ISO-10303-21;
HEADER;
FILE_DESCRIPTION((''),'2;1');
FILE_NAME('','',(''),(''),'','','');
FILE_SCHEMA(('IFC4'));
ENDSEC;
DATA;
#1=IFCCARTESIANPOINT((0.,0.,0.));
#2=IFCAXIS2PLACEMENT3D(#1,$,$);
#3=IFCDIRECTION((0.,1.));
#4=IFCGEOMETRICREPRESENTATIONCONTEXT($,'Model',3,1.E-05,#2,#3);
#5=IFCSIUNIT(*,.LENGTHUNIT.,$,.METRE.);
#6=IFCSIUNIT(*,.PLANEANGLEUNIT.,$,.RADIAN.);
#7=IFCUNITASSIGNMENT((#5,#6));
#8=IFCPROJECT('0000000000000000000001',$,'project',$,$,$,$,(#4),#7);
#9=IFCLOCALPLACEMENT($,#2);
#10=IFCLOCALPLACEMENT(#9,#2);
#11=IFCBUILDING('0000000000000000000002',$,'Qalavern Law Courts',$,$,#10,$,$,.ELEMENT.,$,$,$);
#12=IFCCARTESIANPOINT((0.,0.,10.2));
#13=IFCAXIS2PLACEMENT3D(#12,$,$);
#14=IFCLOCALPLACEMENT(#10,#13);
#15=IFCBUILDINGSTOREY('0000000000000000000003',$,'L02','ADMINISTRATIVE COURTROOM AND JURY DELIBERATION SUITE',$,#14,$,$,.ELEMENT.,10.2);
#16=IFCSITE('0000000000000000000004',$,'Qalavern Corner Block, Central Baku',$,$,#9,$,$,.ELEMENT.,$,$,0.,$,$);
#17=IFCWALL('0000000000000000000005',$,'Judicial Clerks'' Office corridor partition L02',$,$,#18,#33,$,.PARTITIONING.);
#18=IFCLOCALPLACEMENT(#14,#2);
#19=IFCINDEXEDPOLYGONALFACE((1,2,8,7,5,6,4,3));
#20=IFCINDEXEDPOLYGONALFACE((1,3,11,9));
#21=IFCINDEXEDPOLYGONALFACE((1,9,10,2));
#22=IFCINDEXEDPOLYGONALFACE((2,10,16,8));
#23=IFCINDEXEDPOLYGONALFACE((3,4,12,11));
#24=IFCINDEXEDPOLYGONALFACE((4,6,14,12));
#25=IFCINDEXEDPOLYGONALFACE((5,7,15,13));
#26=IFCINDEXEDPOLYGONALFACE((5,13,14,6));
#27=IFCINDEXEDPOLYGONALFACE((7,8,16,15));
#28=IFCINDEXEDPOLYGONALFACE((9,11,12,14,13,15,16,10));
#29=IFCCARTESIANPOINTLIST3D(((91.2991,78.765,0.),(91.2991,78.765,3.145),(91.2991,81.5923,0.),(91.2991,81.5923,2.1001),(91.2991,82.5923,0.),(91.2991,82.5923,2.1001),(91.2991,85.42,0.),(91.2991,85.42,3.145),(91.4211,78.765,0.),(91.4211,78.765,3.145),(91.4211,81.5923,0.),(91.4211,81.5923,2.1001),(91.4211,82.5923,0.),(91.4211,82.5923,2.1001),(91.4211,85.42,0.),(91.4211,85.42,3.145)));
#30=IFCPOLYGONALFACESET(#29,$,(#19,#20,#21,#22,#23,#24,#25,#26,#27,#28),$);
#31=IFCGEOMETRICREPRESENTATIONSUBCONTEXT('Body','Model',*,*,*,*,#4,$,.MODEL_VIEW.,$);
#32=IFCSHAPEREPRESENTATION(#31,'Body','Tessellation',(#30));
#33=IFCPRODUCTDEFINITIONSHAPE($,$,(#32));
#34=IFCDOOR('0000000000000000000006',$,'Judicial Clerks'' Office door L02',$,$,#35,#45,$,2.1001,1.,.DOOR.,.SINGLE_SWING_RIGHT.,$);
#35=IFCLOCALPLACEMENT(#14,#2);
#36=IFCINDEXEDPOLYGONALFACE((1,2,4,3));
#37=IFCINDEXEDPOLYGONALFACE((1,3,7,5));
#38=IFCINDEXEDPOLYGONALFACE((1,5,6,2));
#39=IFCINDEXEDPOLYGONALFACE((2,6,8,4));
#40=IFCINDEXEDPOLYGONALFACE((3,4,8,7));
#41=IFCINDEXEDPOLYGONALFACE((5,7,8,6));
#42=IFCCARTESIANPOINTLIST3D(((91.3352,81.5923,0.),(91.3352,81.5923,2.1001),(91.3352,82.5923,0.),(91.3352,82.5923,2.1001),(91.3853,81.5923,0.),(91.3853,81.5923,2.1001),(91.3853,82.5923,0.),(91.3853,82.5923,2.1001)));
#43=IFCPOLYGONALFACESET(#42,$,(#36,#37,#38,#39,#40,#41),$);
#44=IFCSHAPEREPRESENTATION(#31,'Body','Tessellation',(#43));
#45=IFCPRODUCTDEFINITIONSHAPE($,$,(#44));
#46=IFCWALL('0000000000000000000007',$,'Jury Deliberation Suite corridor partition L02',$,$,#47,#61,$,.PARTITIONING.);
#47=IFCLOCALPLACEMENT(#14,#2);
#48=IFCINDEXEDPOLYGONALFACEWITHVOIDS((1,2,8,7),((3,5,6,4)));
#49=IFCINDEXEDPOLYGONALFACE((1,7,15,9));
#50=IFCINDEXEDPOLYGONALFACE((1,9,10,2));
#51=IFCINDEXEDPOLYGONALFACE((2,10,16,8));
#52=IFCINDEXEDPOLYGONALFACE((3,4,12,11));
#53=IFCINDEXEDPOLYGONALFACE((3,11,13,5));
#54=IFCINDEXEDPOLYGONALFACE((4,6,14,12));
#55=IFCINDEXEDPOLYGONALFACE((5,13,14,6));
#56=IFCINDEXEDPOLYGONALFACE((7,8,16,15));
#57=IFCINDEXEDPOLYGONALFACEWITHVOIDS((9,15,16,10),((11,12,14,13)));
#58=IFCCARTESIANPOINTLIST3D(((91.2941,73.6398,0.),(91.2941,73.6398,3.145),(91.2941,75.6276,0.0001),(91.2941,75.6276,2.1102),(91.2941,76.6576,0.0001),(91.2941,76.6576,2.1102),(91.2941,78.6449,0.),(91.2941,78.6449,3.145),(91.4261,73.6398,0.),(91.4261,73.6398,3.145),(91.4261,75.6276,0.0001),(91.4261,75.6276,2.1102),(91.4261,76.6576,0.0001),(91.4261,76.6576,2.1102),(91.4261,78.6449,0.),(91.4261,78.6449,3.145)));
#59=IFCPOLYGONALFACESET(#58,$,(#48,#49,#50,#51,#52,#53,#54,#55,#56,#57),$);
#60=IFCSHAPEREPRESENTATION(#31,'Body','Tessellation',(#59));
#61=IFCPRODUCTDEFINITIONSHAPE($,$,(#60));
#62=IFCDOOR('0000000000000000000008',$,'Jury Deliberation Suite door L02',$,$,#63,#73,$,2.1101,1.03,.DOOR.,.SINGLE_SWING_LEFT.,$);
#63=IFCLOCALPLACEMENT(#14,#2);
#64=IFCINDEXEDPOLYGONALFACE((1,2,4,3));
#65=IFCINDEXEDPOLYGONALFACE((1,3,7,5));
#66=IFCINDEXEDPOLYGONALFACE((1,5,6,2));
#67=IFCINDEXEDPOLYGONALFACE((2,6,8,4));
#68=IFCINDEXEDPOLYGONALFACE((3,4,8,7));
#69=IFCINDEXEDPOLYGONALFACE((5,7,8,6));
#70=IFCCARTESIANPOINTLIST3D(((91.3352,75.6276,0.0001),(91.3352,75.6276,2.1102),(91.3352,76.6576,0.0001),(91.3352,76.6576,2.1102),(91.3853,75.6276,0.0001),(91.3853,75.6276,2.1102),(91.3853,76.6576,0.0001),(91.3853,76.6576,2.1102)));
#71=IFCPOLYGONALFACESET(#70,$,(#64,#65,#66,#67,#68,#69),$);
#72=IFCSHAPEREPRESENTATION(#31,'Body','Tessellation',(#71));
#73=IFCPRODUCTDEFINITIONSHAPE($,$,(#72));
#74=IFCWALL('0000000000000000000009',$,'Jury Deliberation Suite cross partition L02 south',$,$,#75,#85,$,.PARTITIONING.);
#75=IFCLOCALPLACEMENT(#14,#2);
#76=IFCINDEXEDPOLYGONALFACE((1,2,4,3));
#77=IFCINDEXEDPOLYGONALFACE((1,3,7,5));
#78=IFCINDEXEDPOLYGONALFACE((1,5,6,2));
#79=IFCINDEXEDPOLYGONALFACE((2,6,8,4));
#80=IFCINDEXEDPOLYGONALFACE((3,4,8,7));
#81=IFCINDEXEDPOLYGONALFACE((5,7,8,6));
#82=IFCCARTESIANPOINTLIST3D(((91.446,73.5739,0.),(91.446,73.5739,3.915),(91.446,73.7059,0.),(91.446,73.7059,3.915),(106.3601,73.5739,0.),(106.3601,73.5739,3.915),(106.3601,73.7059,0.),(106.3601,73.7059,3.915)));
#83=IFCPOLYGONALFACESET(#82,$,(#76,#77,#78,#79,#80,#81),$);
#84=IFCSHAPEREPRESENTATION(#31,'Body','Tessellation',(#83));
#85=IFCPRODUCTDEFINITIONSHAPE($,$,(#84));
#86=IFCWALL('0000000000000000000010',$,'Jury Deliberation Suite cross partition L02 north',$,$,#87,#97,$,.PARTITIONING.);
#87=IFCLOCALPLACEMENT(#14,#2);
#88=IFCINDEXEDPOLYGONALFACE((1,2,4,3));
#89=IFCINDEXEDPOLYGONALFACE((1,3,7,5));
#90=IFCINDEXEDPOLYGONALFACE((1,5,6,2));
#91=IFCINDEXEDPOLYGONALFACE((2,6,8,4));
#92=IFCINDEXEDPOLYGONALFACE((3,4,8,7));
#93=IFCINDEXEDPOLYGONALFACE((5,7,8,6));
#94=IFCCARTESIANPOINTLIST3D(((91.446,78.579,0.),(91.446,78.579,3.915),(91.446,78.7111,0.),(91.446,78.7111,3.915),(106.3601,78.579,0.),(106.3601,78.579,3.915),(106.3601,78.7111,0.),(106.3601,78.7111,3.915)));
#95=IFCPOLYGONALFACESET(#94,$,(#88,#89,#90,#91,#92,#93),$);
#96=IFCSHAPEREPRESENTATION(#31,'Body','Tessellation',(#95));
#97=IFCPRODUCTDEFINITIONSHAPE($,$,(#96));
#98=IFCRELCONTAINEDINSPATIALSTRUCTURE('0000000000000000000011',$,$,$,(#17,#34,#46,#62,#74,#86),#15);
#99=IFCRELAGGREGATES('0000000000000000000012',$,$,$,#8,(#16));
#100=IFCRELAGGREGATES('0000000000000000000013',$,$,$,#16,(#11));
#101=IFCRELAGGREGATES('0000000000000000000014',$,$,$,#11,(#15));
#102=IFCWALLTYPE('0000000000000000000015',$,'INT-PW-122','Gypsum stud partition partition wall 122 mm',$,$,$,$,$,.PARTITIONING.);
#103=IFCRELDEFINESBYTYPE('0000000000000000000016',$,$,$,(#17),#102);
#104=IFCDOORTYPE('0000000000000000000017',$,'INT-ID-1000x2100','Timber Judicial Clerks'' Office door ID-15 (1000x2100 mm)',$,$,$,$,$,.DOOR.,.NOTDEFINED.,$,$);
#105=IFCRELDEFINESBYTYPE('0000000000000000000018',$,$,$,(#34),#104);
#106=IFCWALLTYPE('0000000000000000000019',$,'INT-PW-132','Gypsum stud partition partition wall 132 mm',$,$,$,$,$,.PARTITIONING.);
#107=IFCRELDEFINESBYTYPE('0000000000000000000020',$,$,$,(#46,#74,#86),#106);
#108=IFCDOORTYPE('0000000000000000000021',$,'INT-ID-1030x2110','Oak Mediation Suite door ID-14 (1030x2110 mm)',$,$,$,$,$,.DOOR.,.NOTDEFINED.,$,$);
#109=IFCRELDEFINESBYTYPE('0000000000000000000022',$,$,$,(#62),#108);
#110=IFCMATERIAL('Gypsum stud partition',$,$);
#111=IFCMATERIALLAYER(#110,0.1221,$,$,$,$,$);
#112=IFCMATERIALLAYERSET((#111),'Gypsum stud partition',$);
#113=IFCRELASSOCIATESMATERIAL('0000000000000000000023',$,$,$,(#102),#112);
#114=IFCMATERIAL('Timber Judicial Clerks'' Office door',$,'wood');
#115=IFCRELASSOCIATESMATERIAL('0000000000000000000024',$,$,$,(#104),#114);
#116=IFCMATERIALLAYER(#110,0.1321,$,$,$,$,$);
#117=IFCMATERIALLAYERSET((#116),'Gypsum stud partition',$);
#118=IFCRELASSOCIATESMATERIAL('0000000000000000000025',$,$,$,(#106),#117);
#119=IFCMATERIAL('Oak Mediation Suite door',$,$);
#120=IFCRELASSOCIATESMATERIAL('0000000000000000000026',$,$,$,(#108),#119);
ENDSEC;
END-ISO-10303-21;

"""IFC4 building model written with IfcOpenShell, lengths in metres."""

from ifc_helpers import new_model, si_unit, direction, frame, frame_2d, origin, place, context, subcontext, project, spatial, rectangle, extrude, material, layer, layer_set, type_object, element, fill, save


model = new_model("IFC4")

# Units and contexts
model_context = context("Model", 3, precision=1e-05, world=origin(), true_north=direction((0.0, 1.0)))
body_context = subcontext(model_context, "Body", "Model", "MODEL_VIEW")
ifc_project = project(units=[si_unit("LENGTHUNIT", "METRE"), si_unit("PLANEANGLEUNIT", "RADIAN")], contexts=[model_context])

# Site, building, storey
site_placement = place(None, origin())
site = spatial("IfcSite", under=ifc_project, at=site_placement, Name="Qalavern Corner Block, Central Baku", CompositionType="ELEMENT", RefElevation=0.0)
building_placement = place(site_placement, origin())
building = spatial("IfcBuilding", under=site, at=building_placement, Name="Qalavern Law Courts", CompositionType="ELEMENT")
storey_placement = place(building_placement, frame((0.0, 0.0, 10.2)))
storey = spatial("IfcBuildingStorey", under=building, at=storey_placement, Name="L02", Description="ADMINISTRATIVE COURTROOM AND JURY DELIBERATION SUITE", CompositionType="ELEMENT", Elevation=10.2)

# Walls, openings, doors
ifc_material_1 = material(Name="Gypsum stud partition")
ifc_layer_1 = layer(ifc_material_1, 0.1221)
ifc_layer_set_1 = layer_set([ifc_layer_1], Name="Gypsum stud partition")
wall_type_1 = type_object("IfcWallType", Name="INT-PW-122", Description="Gypsum stud partition partition wall 122 mm", PredefinedType="PARTITIONING", material=ifc_layer_set_1)
wall_1_placement = place(storey_placement, frame((91.3601, 78.7649, 0.0), z_axis=(0.0, 0.0, 1.0), x_axis=(0.0, 1.0, 0.0)))
wall_1 = element("IfcWall", 1, at=wall_1_placement, inside=storey, type_object=wall_type_1, Name="Judicial Clerks' Office corridor partition L02", PredefinedType="PARTITIONING", context=body_context, shape_type="SweptSolid", body=[
    extrude(rectangle(XDim=6.655, YDim=0.1221, at=frame_2d((3.3276, 0.0))), origin(), (0.0, 0.0, 1.0), 3.145),
])
opening_1_placement = place(wall_1_placement, frame((2.8274, 0.0, 0.0)))
opening_1 = element("IfcOpeningElement", 2, at=opening_1_placement, cuts=wall_1, PredefinedType="OPENING", context=body_context, shape_type="SweptSolid", body=[
    extrude(rectangle(XDim=1.0, YDim=2.1001, at=frame_2d((0.5, 1.05))), frame((0.0, 0.0759, 0.0), z_axis=(0.0, -1.0, 0.0), x_axis=(1.0, 0.0, 0.0)), (0.0, 0.0, 1.0), 0.1519),
])
ifc_material_2 = material(Name="Timber Judicial Clerks' Office door", Category="wood")
door_type_1 = type_object("IfcDoorType", Name="INT-ID-1000x2100", Description="Timber Judicial Clerks' Office door ID-15 (1000x2100 mm)", OperationType="NOTDEFINED", PredefinedType="DOOR", material=ifc_material_2)
door_1_placement = place(opening_1_placement, origin())
door_1 = element("IfcDoor", 3, at=door_1_placement, inside=storey, type_object=door_type_1, Name="Judicial Clerks' Office door L02", OperationType="SINGLE_SWING_RIGHT", OverallHeight=2.1001, OverallWidth=1.0, PredefinedType="DOOR", context=body_context, shape_type="SweptSolid", body=[
    extrude(rectangle(XDim=1.0, YDim=2.1001, at=frame_2d((0.5, 1.05))), frame((0.0, 0.0249, 0.0), z_axis=(0.0, -1.0, 0.0), x_axis=(1.0, 0.0, 0.0)), (0.0, 0.0, 1.0), 0.05),
])
fill(opening_1, door_1)
ifc_layer_2 = layer(ifc_material_1, 0.1321)
ifc_layer_set_2 = layer_set([ifc_layer_2], Name="Gypsum stud partition")
wall_type_2 = type_object("IfcWallType", Name="INT-PW-132", Description="Gypsum stud partition partition wall 132 mm", PredefinedType="PARTITIONING", material=ifc_layer_set_2)
wall_2_placement = place(storey_placement, frame((91.3601, 73.6399, 0.0), z_axis=(0.0, 0.0, 1.0), x_axis=(0.0, 1.0, 0.0)))
wall_2 = element("IfcWall", 4, at=wall_2_placement, inside=storey, type_object=wall_type_2, Name="Jury Deliberation Suite corridor partition L02", PredefinedType="PARTITIONING", context=body_context, shape_type="SweptSolid", body=[
    extrude(rectangle(XDim=5.0051, YDim=0.1321, at=frame_2d((2.5024, 0.0))), origin(), (0.0, 0.0, 1.0), 3.145),
])
opening_2_placement = place(wall_2_placement, frame((1.9875, 0.0, 0.0)))
opening_2 = element("IfcOpeningElement", 5, at=opening_2_placement, cuts=wall_2, PredefinedType="OPENING", context=body_context, shape_type="SweptSolid", body=[
    extrude(rectangle(XDim=1.03, YDim=2.1101, at=frame_2d((0.5151, 1.0552))), frame((0.0, 0.0811, 0.0), z_axis=(0.0, -1.0, 0.0), x_axis=(1.0, 0.0, 0.0)), (0.0, 0.0, 1.0), 0.1619),
])
ifc_material_3 = material(Name="Oak Mediation Suite door")
door_type_2 = type_object("IfcDoorType", Name="INT-ID-1030x2110", Description="Oak Mediation Suite door ID-14 (1030x2110 mm)", OperationType="NOTDEFINED", PredefinedType="DOOR", material=ifc_material_3)
door_2_placement = place(opening_2_placement, origin())
door_2 = element("IfcDoor", 6, at=door_2_placement, inside=storey, type_object=door_type_2, Name="Jury Deliberation Suite door L02", OperationType="SINGLE_SWING_LEFT", OverallHeight=2.1101, OverallWidth=1.03, PredefinedType="DOOR", context=body_context, shape_type="SweptSolid", body=[
    extrude(rectangle(XDim=1.03, YDim=2.1101, at=frame_2d((0.5151, 1.0552))), frame((0.0, 0.0249, 0.0), z_axis=(0.0, -1.0, 0.0), x_axis=(1.0, 0.0, 0.0)), (0.0, 0.0, 1.0), 0.05),
])
fill(opening_2, door_2)

# Walls
for number, where, z_axis, x_axis, name in (
    (7, (91.446, 73.6399, 0.0), (0.0, 0.0, 1.0), (1.0, 0.0, 0.0), "Jury Deliberation Suite cross partition L02 south"),
    (8, (91.446, 78.645, 0.0), (0.0, 0.0, 1.0), (1.0, 0.0, 0.0), "Jury Deliberation Suite cross partition L02 north"),
):
    element("IfcWall", number, at=place(storey_placement, frame(where, z_axis=z_axis, x_axis=x_axis)), inside=storey, type_object=wall_type_2, Name=name, PredefinedType="PARTITIONING", context=body_context, shape_type="SweptSolid", body=[
        extrude(rectangle(XDim=14.9141, YDim=0.1321, at=frame_2d((7.457, 0.0))), origin(), (0.0, 0.0, 1.0), 3.915),
    ])

save(model, "model.ifc")
